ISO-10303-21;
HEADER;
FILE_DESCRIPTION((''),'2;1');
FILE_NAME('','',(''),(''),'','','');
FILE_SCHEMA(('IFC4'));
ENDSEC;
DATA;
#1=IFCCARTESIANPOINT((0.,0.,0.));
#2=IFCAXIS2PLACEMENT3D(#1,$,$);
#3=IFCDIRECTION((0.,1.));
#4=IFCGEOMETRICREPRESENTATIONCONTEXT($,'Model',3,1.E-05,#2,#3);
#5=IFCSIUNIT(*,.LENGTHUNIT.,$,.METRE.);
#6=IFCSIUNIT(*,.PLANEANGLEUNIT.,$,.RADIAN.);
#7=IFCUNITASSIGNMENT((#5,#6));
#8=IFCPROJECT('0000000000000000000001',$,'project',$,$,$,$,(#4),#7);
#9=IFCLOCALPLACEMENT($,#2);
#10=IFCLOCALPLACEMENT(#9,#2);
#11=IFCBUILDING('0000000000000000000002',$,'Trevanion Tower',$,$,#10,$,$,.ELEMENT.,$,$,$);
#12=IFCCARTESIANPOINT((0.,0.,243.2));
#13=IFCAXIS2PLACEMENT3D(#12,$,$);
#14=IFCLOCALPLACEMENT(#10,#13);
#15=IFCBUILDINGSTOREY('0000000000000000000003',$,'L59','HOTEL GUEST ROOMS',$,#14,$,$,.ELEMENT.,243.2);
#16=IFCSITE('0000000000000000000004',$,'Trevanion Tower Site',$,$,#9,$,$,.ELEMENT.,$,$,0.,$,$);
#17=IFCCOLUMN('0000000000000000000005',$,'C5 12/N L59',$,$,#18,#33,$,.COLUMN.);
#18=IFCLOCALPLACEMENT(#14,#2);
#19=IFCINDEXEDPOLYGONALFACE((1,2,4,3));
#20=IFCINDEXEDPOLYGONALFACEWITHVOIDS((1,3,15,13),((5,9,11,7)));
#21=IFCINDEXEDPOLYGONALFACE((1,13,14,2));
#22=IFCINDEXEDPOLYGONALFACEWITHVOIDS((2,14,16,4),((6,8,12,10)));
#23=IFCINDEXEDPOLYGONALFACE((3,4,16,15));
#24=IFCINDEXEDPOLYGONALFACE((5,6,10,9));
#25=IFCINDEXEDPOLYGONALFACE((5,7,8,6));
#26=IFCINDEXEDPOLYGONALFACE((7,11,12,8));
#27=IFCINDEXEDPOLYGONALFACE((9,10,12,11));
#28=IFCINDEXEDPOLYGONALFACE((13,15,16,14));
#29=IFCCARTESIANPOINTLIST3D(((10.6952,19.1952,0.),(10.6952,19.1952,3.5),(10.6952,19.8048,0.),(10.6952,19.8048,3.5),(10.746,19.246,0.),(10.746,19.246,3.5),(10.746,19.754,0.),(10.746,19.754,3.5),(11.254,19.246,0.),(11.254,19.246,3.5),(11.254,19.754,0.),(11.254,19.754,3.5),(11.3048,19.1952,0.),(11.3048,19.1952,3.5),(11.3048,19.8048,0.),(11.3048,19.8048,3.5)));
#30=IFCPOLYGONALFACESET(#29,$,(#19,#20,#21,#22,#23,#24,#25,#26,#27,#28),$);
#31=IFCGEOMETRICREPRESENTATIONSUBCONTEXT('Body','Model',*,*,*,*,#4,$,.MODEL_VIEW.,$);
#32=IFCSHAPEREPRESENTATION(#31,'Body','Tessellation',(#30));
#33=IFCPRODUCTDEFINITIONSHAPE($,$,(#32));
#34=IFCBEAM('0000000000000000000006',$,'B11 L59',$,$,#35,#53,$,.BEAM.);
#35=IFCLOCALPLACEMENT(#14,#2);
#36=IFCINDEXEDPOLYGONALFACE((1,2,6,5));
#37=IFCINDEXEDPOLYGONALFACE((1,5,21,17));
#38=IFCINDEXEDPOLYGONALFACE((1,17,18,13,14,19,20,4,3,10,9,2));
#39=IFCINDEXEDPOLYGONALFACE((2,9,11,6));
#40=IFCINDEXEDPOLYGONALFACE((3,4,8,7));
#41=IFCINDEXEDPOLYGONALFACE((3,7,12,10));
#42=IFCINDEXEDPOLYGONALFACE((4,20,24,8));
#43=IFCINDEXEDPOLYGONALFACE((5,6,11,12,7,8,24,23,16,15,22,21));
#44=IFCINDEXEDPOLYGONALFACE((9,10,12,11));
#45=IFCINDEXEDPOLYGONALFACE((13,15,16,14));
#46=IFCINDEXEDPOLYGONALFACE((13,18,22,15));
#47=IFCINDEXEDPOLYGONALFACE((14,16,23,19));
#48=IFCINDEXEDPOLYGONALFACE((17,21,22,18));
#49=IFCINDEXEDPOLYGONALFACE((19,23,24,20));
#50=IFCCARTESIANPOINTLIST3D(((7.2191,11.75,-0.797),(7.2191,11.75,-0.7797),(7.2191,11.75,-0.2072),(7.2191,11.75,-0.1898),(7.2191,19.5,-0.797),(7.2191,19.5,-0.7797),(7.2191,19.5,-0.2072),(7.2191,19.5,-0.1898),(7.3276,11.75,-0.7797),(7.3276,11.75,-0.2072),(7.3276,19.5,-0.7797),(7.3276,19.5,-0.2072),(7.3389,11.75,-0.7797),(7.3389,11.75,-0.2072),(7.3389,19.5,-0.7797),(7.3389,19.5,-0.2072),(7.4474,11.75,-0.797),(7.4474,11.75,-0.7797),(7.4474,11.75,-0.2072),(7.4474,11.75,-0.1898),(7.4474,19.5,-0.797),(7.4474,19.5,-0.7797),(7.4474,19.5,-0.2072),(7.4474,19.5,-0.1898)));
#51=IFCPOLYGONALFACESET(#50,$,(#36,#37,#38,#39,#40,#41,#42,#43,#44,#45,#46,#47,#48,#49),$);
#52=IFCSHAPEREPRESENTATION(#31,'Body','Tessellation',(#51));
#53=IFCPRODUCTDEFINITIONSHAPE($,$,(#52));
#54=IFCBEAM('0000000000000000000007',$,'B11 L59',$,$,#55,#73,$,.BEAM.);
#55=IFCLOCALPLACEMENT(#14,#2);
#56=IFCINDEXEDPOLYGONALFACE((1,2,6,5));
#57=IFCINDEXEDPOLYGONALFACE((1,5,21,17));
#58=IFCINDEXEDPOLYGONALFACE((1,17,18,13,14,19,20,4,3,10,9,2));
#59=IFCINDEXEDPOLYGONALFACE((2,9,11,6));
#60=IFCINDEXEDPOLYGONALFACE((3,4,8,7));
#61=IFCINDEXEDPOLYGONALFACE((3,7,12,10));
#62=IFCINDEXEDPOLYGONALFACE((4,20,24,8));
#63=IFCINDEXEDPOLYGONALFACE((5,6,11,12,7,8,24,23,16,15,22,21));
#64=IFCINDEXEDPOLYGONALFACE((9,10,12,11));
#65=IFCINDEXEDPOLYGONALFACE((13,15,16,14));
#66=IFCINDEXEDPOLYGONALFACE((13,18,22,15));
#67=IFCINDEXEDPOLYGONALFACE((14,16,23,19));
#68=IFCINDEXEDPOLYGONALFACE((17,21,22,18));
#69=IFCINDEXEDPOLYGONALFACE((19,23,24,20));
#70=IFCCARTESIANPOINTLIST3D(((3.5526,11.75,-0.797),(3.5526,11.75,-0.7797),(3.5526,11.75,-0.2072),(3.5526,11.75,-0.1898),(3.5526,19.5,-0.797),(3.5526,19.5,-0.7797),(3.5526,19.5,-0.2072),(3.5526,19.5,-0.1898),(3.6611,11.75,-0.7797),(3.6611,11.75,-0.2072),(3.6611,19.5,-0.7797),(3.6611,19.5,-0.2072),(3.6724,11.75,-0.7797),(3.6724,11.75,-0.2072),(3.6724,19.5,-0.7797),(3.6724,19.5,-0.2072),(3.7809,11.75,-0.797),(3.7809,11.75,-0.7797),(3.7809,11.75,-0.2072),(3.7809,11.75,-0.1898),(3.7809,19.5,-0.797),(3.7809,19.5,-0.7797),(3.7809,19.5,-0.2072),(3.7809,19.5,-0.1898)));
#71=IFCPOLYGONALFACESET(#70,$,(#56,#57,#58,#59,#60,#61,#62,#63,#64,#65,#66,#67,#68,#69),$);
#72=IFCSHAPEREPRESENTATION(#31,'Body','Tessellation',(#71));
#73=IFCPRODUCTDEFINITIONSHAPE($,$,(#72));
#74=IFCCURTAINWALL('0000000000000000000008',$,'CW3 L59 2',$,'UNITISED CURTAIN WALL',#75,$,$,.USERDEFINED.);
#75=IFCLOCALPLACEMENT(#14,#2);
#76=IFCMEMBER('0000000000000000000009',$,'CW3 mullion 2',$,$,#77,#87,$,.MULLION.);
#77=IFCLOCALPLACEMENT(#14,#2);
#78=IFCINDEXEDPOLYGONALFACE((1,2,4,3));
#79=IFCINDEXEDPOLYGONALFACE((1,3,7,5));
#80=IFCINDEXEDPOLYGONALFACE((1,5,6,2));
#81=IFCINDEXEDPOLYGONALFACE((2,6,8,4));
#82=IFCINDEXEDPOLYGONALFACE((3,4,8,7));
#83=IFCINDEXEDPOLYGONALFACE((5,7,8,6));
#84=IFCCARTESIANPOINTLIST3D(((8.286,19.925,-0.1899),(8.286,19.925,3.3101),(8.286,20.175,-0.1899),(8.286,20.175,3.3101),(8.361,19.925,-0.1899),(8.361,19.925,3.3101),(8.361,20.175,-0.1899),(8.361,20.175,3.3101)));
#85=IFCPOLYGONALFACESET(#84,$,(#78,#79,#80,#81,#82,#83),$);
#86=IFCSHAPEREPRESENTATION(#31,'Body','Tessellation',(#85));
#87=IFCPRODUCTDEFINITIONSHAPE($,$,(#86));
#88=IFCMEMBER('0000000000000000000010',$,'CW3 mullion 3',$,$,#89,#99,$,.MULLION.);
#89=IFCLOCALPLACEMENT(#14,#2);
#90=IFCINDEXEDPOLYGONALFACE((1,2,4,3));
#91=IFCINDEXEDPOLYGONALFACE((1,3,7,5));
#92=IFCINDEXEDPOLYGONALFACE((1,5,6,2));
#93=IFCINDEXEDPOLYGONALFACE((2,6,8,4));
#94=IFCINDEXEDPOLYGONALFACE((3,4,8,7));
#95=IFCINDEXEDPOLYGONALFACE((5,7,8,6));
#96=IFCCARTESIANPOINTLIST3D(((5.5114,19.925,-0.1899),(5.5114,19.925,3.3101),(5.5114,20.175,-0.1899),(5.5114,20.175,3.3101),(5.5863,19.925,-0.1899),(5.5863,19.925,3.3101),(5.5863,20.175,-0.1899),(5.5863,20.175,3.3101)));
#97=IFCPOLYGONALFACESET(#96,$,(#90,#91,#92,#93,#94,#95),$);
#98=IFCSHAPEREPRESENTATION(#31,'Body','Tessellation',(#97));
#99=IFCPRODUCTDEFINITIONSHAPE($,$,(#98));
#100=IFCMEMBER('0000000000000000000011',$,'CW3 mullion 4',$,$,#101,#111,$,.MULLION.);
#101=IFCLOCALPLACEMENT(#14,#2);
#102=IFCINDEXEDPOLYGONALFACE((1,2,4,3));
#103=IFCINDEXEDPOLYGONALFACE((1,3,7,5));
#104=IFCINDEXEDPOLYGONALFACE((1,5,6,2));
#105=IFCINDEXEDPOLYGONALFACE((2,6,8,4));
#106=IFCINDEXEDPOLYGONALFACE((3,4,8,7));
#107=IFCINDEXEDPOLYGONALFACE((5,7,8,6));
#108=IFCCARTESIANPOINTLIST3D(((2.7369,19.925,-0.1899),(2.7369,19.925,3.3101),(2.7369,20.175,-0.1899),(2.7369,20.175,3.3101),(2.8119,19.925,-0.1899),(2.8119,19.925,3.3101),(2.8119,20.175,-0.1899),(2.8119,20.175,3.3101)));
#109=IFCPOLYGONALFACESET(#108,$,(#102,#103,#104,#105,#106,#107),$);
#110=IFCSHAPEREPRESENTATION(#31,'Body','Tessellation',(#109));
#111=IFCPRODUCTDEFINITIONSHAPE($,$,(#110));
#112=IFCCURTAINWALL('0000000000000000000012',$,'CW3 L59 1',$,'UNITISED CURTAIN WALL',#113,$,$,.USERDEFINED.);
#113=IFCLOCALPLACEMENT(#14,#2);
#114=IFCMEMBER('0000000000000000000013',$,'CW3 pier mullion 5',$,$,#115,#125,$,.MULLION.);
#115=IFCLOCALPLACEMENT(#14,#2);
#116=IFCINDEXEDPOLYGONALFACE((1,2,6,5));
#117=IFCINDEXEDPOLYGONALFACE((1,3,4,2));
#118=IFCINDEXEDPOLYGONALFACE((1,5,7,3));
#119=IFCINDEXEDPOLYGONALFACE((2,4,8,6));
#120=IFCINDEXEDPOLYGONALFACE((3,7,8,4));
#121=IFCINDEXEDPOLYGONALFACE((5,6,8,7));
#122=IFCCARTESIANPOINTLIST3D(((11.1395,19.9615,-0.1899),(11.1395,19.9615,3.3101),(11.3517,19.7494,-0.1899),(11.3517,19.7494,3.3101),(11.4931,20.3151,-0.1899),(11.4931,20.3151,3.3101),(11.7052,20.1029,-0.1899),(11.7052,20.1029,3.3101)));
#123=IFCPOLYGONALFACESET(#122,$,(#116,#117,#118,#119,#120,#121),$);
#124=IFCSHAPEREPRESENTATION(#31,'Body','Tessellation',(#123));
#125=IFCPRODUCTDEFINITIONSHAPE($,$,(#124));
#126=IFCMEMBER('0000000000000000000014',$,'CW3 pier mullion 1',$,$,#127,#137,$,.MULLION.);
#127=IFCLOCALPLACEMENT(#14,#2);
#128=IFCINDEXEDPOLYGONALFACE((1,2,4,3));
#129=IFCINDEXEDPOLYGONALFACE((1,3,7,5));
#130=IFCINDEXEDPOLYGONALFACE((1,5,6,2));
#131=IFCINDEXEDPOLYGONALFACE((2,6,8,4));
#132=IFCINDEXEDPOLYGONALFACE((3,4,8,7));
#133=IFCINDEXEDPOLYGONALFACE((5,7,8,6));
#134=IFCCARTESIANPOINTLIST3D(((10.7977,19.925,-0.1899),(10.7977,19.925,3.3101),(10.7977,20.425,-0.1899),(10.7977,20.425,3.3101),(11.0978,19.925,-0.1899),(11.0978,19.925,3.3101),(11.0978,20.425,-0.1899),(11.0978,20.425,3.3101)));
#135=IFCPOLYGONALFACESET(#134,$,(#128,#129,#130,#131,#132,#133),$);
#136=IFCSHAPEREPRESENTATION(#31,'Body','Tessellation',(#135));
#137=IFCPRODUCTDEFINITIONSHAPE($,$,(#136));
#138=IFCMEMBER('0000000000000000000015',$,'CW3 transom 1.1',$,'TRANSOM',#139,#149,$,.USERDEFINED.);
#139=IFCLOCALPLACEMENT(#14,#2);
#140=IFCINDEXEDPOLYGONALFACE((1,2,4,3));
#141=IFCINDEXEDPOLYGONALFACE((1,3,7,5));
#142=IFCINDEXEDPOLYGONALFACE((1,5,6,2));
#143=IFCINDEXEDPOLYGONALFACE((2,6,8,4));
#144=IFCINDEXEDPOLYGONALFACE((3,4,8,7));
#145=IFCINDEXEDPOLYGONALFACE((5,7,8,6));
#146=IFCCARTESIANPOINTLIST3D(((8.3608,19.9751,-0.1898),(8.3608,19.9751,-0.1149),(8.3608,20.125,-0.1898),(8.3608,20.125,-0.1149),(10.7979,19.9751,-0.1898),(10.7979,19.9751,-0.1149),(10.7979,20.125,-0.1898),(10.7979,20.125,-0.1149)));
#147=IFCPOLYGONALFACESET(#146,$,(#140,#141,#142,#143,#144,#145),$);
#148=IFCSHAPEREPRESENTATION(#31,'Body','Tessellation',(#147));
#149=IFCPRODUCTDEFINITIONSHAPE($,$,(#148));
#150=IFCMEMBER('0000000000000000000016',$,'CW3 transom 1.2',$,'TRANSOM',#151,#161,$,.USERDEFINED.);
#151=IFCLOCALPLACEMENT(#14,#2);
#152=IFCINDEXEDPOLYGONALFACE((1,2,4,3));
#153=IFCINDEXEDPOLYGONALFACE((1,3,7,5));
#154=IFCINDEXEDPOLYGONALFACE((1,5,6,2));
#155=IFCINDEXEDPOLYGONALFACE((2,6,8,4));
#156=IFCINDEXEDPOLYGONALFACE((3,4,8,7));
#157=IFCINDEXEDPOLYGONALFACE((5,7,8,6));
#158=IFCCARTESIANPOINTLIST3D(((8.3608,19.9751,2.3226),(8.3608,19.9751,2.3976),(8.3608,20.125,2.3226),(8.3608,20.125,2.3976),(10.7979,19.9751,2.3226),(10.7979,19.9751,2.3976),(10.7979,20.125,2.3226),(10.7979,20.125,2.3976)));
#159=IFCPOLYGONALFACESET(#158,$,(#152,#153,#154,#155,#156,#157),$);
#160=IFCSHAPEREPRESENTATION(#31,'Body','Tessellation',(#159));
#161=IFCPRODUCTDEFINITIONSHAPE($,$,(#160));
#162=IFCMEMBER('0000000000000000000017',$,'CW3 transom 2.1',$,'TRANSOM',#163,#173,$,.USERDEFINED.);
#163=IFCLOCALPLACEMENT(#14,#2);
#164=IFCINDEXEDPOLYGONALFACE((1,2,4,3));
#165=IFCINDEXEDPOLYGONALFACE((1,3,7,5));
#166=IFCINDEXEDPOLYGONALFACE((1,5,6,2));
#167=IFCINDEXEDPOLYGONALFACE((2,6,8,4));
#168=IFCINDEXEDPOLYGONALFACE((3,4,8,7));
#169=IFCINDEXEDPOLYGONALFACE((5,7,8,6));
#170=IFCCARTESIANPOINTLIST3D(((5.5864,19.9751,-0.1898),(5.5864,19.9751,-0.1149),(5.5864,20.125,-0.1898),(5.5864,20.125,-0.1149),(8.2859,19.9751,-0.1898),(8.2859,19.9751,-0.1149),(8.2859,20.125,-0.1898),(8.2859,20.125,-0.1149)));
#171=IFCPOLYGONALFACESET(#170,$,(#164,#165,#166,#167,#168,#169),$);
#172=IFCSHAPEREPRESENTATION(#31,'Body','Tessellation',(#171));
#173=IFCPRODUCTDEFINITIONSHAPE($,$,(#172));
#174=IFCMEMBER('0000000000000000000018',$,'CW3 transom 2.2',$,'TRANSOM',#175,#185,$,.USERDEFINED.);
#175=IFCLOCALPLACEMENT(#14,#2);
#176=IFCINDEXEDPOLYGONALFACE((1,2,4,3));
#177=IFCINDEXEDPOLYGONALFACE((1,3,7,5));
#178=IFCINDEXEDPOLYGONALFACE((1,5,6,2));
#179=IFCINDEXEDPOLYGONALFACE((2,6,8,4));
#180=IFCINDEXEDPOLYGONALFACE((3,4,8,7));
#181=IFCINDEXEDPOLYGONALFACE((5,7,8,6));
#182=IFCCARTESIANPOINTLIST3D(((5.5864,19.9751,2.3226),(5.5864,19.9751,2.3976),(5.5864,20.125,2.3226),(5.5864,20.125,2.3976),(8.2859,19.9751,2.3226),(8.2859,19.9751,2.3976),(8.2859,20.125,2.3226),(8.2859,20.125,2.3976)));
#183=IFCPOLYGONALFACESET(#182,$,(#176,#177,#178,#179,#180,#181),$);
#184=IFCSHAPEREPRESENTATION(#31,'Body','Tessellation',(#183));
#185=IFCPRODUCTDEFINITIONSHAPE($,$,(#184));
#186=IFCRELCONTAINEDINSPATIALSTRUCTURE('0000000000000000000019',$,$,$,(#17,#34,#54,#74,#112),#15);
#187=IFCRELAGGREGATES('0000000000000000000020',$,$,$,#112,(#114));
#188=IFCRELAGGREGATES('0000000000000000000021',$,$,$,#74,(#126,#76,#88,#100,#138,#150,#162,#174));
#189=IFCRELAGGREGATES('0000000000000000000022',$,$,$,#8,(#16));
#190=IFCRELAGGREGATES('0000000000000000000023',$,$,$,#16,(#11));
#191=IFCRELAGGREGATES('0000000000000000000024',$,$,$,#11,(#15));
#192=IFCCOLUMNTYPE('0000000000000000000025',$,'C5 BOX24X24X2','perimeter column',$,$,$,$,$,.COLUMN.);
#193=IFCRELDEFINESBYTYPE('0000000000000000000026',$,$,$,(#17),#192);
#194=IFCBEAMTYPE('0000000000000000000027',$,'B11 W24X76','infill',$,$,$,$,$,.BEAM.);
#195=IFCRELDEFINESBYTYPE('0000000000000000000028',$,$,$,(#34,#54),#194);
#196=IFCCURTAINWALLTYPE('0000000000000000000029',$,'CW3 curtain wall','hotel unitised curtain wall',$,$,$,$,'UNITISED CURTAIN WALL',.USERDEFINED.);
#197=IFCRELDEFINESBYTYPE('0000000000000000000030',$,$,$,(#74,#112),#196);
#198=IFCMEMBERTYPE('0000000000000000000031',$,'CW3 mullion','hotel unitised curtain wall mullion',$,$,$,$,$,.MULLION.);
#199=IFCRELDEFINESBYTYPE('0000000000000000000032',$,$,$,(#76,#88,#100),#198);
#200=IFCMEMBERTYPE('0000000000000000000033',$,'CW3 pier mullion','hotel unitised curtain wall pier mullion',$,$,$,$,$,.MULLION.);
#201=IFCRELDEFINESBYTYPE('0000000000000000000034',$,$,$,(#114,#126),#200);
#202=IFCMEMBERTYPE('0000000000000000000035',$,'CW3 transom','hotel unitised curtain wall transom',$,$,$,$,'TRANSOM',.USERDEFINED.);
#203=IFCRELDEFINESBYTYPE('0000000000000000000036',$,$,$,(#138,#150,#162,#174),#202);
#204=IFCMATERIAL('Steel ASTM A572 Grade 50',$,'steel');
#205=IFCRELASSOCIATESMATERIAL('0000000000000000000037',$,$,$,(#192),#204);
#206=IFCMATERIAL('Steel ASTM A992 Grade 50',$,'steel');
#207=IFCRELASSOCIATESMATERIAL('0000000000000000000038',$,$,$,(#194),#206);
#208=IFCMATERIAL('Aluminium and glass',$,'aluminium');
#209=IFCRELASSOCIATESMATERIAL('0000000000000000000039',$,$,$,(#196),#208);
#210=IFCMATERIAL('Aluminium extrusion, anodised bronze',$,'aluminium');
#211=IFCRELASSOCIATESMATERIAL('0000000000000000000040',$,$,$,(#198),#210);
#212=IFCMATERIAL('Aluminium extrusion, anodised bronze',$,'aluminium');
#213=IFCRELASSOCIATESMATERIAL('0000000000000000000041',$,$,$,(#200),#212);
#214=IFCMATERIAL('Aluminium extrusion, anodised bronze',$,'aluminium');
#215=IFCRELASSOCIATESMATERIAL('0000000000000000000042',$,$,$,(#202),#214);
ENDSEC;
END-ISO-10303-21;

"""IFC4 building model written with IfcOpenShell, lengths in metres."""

from ifc_helpers import new_model, si_unit, direction, frame, origin, origin_2d, place, context, subcontext, project, spatial, rectangle, hollow_rectangle, i_section, extrude, material, material_profile, profile_set, type_object, element, aggregate, save


model = new_model("IFC4")

# Units and contexts
model_context = context("Model", 3, precision=1e-05, world=origin(), true_north=direction((0.0, 1.0)))
body_context = subcontext(model_context, "Body", "Model", "MODEL_VIEW")
ifc_project = project(units=[si_unit("LENGTHUNIT", "METRE"), si_unit("PLANEANGLEUNIT", "RADIAN")], contexts=[model_context])

# Site, building, storey
site_placement = place(None, origin())
site = spatial("IfcSite", under=ifc_project, at=site_placement, Name="Trevanion Tower Site", CompositionType="ELEMENT", RefElevation=0.0)
building_placement = place(site_placement, origin())
building = spatial("IfcBuilding", under=site, at=building_placement, Name="Trevanion Tower", CompositionType="ELEMENT")
storey_placement = place(building_placement, frame((0.0, 0.0, 243.2)))
storey = spatial("IfcBuildingStorey", under=building, at=storey_placement, Name="L59", Description="HOTEL GUEST ROOMS", CompositionType="ELEMENT", Elevation=243.2)

# Column
ifc_material_1 = material(Name="Steel ASTM A572 Grade 50", Category="steel")
ifc_material_profile_1 = material_profile(ifc_material_1, hollow_rectangle(XDim=0.6096, YDim=0.6096, WallThickness=0.0508, at=origin_2d()), Name="BOX24X24X2")
ifc_profile_set_1 = profile_set([ifc_material_profile_1], Name="Steel ASTM A572 Grade 50")
column_type = type_object("IfcColumnType", Name="C5 BOX24X24X2", Description="perimeter column", PredefinedType="COLUMN", material=ifc_profile_set_1)
column_placement = place(storey_placement, frame((11.0, 19.5, 0.0), z_axis=(0.0, 0.0, 1.0), x_axis=(1.0, 0.0, 0.0)))
element("IfcColumn", 1, at=column_placement, inside=storey, type_object=column_type, Name="C5 12/N L59", PredefinedType="COLUMN", context=body_context, shape_type="SweptSolid", body=[
    extrude(hollow_rectangle(XDim=0.6096, YDim=0.6096, WallThickness=0.0508, at=origin_2d()), origin(), (0.0, 0.0, 1.0), 3.5),
])

# Beams
ifc_material_2 = material(Name="Steel ASTM A992 Grade 50", Category="steel")
ifc_material_profile_2 = material_profile(ifc_material_2, i_section(OverallWidth=0.2283, OverallDepth=0.6072, WebThickness=0.0112, FlangeThickness=0.0173, at=origin_2d()), Name="W24X76")
ifc_profile_set_2 = profile_set([ifc_material_profile_2], Name="Steel ASTM A992 Grade 50")
beam_type_1 = type_object("IfcBeamType", Name="B11 W24X76", Description="infill", PredefinedType="BEAM", material=ifc_profile_set_2)
for number, where, z_axis, x_axis, name in (
    (2, (7.3333, 11.75, -0.4934), (0.0, 1.0, 0.0), (-1.0, 0.0, 0.0), "B11 L59"),
    (3, (3.6667, 11.75, -0.4934), (0.0, 1.0, 0.0), (-1.0, 0.0, 0.0), "B11 L59"),
):
    element("IfcBeam", number, at=place(storey_placement, frame(where, z_axis=z_axis, x_axis=x_axis)), inside=storey, type_object=beam_type_1, Name=name, PredefinedType="BEAM", context=body_context, shape_type="SweptSolid", body=[
        extrude(i_section(OverallWidth=0.2283, OverallDepth=0.6072, WebThickness=0.0112, FlangeThickness=0.0173, at=origin_2d()), origin(), (0.0, 0.0, 1.0), 7.75),
    ])

# Curtain wall, members
ifc_material_3 = material(Name="Aluminium and glass", Category="aluminium")
curtain_wall_type = type_object("IfcCurtainWallType", Name="CW3 curtain wall", Description="hotel unitised curtain wall", ElementType="UNITISED CURTAIN WALL", PredefinedType="USERDEFINED", material=ifc_material_3)
curtain_wall_1_placement = place(storey_placement, origin())
curtain_wall_1 = element("IfcCurtainWall", 4, at=curtain_wall_1_placement, inside=storey, type_object=curtain_wall_type, Name="CW3 L59 2", ObjectType="UNITISED CURTAIN WALL", PredefinedType="USERDEFINED")
ifc_material_4 = material(Name="Aluminium extrusion, anodised bronze", Category="aluminium")
ifc_material_profile_3 = material_profile(ifc_material_4, rectangle(XDim=0.075, YDim=0.25, at=origin_2d()), Name="CW3 mullion")
ifc_profile_set_3 = profile_set([ifc_material_profile_3], Name="Aluminium extrusion, anodised bronze")
member_type_1 = type_object("IfcMemberType", Name="CW3 mullion", Description="hotel unitised curtain wall mullion", PredefinedType="MULLION", material=ifc_profile_set_3)
member_1_placement = place(storey_placement, frame((8.3235, 20.05, -0.1899), z_axis=(0.0, 0.0, 1.0), x_axis=(-1.0, 0.0, 0.0)))
member_1 = element("IfcMember", 5, at=member_1_placement, type_object=member_type_1, Name="CW3 mullion 2", PredefinedType="MULLION", context=body_context, shape_type="SweptSolid", body=[
    extrude(rectangle(XDim=0.075, YDim=0.25, at=origin_2d()), origin(), (0.0, 0.0, 1.0), 3.5),
])
member_2_placement = place(storey_placement, frame((5.5488, 20.05, -0.1899), z_axis=(0.0, 0.0, 1.0), x_axis=(-1.0, 0.0, 0.0)))
member_2 = element("IfcMember", 6, at=member_2_placement, type_object=member_type_1, Name="CW3 mullion 3", PredefinedType="MULLION", context=body_context, shape_type="SweptSolid", body=[
    extrude(rectangle(XDim=0.075, YDim=0.25, at=origin_2d()), origin(), (0.0, 0.0, 1.0), 3.5),
])
member_3_placement = place(storey_placement, frame((2.7744, 20.05, -0.1899), z_axis=(0.0, 0.0, 1.0), x_axis=(-1.0, 0.0, 0.0)))
member_3 = element("IfcMember", 7, at=member_3_placement, type_object=member_type_1, Name="CW3 mullion 4", PredefinedType="MULLION", context=body_context, shape_type="SweptSolid", body=[
    extrude(rectangle(XDim=0.075, YDim=0.25, at=origin_2d()), origin(), (0.0, 0.0, 1.0), 3.5),
])

# Curtain wall, member
curtain_wall_2_placement = place(storey_placement, origin())
curtain_wall_2 = element("IfcCurtainWall", 8, at=curtain_wall_2_placement, inside=storey, type_object=curtain_wall_type, Name="CW3 L59 1", ObjectType="UNITISED CURTAIN WALL", PredefinedType="USERDEFINED")
ifc_material_5 = material(Name="Aluminium extrusion, anodised bronze", Category="aluminium")
ifc_material_profile_4 = material_profile(ifc_material_5, rectangle(XDim=0.3, YDim=0.5, at=origin_2d()), Name="CW3 pier mullion")
ifc_profile_set_4 = profile_set([ifc_material_profile_4], Name="Aluminium extrusion, anodised bronze")
member_type_2 = type_object("IfcMemberType", Name="CW3 pier mullion", Description="hotel unitised curtain wall pier mullion", PredefinedType="MULLION", material=ifc_profile_set_4)
member_4_placement = place(storey_placement, frame((11.4224, 20.0322, -0.1899), z_axis=(0.0, 0.0, 1.0), x_axis=(-0.707107, 0.707107, 0.0)))
member_4 = element("IfcMember", 9, at=member_4_placement, type_object=member_type_2, Name="CW3 pier mullion 5", PredefinedType="MULLION", context=body_context, shape_type="SweptSolid", body=[
    extrude(rectangle(XDim=0.3, YDim=0.5, at=origin_2d()), origin(), (0.0, 0.0, 1.0), 3.5),
])
aggregate(curtain_wall_2, [member_4])

# Members
member_5_placement = place(storey_placement, frame((10.9478, 20.175, -0.1899), z_axis=(0.0, 0.0, 1.0), x_axis=(-1.0, 0.0, 0.0)))
member_5 = element("IfcMember", 10, at=member_5_placement, type_object=member_type_2, Name="CW3 pier mullion 1", PredefinedType="MULLION", context=body_context, shape_type="SweptSolid", body=[
    extrude(rectangle(XDim=0.3, YDim=0.5, at=origin_2d()), origin(), (0.0, 0.0, 1.0), 3.5),
])
ifc_material_6 = material(Name="Aluminium extrusion, anodised bronze", Category="aluminium")
ifc_material_profile_5 = material_profile(ifc_material_6, rectangle(XDim=0.1499, YDim=0.075, at=origin_2d()), Name="CW3 transom")
ifc_profile_set_5 = profile_set([ifc_material_profile_5], Name="Aluminium extrusion, anodised bronze")
member_type_3 = type_object("IfcMemberType", Name="CW3 transom", Description="hotel unitised curtain wall transom", ElementType="TRANSOM", PredefinedType="USERDEFINED", material=ifc_profile_set_5)
member_6_placement = place(storey_placement, frame((10.7979, 20.05, -0.1523), z_axis=(-1.0, 0.0, 0.0), x_axis=(0.0, -1.0, 0.0)))
member_6 = element("IfcMember", 11, at=member_6_placement, type_object=member_type_3, Name="CW3 transom 1.1", ObjectType="TRANSOM", PredefinedType="USERDEFINED", context=body_context, shape_type="SweptSolid", body=[
    extrude(rectangle(XDim=0.1499, YDim=0.075, at=origin_2d()), origin(), (0.0, 0.0, 1.0), 2.437),
])
member_7_placement = place(storey_placement, frame((10.7979, 20.05, 2.3601), z_axis=(-1.0, 0.0, 0.0), x_axis=(0.0, -1.0, 0.0)))
member_7 = element("IfcMember", 12, at=member_7_placement, type_object=member_type_3, Name="CW3 transom 1.2", ObjectType="TRANSOM", PredefinedType="USERDEFINED", context=body_context, shape_type="SweptSolid", body=[
    extrude(rectangle(XDim=0.1499, YDim=0.075, at=origin_2d()), origin(), (0.0, 0.0, 1.0), 2.437),
])
member_8_placement = place(storey_placement, frame((8.2859, 20.05, -0.1523), z_axis=(-1.0, 0.0, 0.0), x_axis=(0.0, -1.0, 0.0)))
member_8 = element("IfcMember", 13, at=member_8_placement, type_object=member_type_3, Name="CW3 transom 2.1", ObjectType="TRANSOM", PredefinedType="USERDEFINED", context=body_context, shape_type="SweptSolid", body=[
    extrude(rectangle(XDim=0.1499, YDim=0.075, at=origin_2d()), origin(), (0.0, 0.0, 1.0), 2.6995),
])
member_9_placement = place(storey_placement, frame((8.2859, 20.05, 2.3601), z_axis=(-1.0, 0.0, 0.0), x_axis=(0.0, -1.0, 0.0)))
member_9 = element("IfcMember", 14, at=member_9_placement, type_object=member_type_3, Name="CW3 transom 2.2", ObjectType="TRANSOM", PredefinedType="USERDEFINED", context=body_context, shape_type="SweptSolid", body=[
    extrude(rectangle(XDim=0.1499, YDim=0.075, at=origin_2d()), origin(), (0.0, 0.0, 1.0), 2.6995),
])

aggregate(curtain_wall_1, [member_5, member_1, member_2, member_3, member_6, member_7, member_8, member_9])

save(model, "model.ifc")
